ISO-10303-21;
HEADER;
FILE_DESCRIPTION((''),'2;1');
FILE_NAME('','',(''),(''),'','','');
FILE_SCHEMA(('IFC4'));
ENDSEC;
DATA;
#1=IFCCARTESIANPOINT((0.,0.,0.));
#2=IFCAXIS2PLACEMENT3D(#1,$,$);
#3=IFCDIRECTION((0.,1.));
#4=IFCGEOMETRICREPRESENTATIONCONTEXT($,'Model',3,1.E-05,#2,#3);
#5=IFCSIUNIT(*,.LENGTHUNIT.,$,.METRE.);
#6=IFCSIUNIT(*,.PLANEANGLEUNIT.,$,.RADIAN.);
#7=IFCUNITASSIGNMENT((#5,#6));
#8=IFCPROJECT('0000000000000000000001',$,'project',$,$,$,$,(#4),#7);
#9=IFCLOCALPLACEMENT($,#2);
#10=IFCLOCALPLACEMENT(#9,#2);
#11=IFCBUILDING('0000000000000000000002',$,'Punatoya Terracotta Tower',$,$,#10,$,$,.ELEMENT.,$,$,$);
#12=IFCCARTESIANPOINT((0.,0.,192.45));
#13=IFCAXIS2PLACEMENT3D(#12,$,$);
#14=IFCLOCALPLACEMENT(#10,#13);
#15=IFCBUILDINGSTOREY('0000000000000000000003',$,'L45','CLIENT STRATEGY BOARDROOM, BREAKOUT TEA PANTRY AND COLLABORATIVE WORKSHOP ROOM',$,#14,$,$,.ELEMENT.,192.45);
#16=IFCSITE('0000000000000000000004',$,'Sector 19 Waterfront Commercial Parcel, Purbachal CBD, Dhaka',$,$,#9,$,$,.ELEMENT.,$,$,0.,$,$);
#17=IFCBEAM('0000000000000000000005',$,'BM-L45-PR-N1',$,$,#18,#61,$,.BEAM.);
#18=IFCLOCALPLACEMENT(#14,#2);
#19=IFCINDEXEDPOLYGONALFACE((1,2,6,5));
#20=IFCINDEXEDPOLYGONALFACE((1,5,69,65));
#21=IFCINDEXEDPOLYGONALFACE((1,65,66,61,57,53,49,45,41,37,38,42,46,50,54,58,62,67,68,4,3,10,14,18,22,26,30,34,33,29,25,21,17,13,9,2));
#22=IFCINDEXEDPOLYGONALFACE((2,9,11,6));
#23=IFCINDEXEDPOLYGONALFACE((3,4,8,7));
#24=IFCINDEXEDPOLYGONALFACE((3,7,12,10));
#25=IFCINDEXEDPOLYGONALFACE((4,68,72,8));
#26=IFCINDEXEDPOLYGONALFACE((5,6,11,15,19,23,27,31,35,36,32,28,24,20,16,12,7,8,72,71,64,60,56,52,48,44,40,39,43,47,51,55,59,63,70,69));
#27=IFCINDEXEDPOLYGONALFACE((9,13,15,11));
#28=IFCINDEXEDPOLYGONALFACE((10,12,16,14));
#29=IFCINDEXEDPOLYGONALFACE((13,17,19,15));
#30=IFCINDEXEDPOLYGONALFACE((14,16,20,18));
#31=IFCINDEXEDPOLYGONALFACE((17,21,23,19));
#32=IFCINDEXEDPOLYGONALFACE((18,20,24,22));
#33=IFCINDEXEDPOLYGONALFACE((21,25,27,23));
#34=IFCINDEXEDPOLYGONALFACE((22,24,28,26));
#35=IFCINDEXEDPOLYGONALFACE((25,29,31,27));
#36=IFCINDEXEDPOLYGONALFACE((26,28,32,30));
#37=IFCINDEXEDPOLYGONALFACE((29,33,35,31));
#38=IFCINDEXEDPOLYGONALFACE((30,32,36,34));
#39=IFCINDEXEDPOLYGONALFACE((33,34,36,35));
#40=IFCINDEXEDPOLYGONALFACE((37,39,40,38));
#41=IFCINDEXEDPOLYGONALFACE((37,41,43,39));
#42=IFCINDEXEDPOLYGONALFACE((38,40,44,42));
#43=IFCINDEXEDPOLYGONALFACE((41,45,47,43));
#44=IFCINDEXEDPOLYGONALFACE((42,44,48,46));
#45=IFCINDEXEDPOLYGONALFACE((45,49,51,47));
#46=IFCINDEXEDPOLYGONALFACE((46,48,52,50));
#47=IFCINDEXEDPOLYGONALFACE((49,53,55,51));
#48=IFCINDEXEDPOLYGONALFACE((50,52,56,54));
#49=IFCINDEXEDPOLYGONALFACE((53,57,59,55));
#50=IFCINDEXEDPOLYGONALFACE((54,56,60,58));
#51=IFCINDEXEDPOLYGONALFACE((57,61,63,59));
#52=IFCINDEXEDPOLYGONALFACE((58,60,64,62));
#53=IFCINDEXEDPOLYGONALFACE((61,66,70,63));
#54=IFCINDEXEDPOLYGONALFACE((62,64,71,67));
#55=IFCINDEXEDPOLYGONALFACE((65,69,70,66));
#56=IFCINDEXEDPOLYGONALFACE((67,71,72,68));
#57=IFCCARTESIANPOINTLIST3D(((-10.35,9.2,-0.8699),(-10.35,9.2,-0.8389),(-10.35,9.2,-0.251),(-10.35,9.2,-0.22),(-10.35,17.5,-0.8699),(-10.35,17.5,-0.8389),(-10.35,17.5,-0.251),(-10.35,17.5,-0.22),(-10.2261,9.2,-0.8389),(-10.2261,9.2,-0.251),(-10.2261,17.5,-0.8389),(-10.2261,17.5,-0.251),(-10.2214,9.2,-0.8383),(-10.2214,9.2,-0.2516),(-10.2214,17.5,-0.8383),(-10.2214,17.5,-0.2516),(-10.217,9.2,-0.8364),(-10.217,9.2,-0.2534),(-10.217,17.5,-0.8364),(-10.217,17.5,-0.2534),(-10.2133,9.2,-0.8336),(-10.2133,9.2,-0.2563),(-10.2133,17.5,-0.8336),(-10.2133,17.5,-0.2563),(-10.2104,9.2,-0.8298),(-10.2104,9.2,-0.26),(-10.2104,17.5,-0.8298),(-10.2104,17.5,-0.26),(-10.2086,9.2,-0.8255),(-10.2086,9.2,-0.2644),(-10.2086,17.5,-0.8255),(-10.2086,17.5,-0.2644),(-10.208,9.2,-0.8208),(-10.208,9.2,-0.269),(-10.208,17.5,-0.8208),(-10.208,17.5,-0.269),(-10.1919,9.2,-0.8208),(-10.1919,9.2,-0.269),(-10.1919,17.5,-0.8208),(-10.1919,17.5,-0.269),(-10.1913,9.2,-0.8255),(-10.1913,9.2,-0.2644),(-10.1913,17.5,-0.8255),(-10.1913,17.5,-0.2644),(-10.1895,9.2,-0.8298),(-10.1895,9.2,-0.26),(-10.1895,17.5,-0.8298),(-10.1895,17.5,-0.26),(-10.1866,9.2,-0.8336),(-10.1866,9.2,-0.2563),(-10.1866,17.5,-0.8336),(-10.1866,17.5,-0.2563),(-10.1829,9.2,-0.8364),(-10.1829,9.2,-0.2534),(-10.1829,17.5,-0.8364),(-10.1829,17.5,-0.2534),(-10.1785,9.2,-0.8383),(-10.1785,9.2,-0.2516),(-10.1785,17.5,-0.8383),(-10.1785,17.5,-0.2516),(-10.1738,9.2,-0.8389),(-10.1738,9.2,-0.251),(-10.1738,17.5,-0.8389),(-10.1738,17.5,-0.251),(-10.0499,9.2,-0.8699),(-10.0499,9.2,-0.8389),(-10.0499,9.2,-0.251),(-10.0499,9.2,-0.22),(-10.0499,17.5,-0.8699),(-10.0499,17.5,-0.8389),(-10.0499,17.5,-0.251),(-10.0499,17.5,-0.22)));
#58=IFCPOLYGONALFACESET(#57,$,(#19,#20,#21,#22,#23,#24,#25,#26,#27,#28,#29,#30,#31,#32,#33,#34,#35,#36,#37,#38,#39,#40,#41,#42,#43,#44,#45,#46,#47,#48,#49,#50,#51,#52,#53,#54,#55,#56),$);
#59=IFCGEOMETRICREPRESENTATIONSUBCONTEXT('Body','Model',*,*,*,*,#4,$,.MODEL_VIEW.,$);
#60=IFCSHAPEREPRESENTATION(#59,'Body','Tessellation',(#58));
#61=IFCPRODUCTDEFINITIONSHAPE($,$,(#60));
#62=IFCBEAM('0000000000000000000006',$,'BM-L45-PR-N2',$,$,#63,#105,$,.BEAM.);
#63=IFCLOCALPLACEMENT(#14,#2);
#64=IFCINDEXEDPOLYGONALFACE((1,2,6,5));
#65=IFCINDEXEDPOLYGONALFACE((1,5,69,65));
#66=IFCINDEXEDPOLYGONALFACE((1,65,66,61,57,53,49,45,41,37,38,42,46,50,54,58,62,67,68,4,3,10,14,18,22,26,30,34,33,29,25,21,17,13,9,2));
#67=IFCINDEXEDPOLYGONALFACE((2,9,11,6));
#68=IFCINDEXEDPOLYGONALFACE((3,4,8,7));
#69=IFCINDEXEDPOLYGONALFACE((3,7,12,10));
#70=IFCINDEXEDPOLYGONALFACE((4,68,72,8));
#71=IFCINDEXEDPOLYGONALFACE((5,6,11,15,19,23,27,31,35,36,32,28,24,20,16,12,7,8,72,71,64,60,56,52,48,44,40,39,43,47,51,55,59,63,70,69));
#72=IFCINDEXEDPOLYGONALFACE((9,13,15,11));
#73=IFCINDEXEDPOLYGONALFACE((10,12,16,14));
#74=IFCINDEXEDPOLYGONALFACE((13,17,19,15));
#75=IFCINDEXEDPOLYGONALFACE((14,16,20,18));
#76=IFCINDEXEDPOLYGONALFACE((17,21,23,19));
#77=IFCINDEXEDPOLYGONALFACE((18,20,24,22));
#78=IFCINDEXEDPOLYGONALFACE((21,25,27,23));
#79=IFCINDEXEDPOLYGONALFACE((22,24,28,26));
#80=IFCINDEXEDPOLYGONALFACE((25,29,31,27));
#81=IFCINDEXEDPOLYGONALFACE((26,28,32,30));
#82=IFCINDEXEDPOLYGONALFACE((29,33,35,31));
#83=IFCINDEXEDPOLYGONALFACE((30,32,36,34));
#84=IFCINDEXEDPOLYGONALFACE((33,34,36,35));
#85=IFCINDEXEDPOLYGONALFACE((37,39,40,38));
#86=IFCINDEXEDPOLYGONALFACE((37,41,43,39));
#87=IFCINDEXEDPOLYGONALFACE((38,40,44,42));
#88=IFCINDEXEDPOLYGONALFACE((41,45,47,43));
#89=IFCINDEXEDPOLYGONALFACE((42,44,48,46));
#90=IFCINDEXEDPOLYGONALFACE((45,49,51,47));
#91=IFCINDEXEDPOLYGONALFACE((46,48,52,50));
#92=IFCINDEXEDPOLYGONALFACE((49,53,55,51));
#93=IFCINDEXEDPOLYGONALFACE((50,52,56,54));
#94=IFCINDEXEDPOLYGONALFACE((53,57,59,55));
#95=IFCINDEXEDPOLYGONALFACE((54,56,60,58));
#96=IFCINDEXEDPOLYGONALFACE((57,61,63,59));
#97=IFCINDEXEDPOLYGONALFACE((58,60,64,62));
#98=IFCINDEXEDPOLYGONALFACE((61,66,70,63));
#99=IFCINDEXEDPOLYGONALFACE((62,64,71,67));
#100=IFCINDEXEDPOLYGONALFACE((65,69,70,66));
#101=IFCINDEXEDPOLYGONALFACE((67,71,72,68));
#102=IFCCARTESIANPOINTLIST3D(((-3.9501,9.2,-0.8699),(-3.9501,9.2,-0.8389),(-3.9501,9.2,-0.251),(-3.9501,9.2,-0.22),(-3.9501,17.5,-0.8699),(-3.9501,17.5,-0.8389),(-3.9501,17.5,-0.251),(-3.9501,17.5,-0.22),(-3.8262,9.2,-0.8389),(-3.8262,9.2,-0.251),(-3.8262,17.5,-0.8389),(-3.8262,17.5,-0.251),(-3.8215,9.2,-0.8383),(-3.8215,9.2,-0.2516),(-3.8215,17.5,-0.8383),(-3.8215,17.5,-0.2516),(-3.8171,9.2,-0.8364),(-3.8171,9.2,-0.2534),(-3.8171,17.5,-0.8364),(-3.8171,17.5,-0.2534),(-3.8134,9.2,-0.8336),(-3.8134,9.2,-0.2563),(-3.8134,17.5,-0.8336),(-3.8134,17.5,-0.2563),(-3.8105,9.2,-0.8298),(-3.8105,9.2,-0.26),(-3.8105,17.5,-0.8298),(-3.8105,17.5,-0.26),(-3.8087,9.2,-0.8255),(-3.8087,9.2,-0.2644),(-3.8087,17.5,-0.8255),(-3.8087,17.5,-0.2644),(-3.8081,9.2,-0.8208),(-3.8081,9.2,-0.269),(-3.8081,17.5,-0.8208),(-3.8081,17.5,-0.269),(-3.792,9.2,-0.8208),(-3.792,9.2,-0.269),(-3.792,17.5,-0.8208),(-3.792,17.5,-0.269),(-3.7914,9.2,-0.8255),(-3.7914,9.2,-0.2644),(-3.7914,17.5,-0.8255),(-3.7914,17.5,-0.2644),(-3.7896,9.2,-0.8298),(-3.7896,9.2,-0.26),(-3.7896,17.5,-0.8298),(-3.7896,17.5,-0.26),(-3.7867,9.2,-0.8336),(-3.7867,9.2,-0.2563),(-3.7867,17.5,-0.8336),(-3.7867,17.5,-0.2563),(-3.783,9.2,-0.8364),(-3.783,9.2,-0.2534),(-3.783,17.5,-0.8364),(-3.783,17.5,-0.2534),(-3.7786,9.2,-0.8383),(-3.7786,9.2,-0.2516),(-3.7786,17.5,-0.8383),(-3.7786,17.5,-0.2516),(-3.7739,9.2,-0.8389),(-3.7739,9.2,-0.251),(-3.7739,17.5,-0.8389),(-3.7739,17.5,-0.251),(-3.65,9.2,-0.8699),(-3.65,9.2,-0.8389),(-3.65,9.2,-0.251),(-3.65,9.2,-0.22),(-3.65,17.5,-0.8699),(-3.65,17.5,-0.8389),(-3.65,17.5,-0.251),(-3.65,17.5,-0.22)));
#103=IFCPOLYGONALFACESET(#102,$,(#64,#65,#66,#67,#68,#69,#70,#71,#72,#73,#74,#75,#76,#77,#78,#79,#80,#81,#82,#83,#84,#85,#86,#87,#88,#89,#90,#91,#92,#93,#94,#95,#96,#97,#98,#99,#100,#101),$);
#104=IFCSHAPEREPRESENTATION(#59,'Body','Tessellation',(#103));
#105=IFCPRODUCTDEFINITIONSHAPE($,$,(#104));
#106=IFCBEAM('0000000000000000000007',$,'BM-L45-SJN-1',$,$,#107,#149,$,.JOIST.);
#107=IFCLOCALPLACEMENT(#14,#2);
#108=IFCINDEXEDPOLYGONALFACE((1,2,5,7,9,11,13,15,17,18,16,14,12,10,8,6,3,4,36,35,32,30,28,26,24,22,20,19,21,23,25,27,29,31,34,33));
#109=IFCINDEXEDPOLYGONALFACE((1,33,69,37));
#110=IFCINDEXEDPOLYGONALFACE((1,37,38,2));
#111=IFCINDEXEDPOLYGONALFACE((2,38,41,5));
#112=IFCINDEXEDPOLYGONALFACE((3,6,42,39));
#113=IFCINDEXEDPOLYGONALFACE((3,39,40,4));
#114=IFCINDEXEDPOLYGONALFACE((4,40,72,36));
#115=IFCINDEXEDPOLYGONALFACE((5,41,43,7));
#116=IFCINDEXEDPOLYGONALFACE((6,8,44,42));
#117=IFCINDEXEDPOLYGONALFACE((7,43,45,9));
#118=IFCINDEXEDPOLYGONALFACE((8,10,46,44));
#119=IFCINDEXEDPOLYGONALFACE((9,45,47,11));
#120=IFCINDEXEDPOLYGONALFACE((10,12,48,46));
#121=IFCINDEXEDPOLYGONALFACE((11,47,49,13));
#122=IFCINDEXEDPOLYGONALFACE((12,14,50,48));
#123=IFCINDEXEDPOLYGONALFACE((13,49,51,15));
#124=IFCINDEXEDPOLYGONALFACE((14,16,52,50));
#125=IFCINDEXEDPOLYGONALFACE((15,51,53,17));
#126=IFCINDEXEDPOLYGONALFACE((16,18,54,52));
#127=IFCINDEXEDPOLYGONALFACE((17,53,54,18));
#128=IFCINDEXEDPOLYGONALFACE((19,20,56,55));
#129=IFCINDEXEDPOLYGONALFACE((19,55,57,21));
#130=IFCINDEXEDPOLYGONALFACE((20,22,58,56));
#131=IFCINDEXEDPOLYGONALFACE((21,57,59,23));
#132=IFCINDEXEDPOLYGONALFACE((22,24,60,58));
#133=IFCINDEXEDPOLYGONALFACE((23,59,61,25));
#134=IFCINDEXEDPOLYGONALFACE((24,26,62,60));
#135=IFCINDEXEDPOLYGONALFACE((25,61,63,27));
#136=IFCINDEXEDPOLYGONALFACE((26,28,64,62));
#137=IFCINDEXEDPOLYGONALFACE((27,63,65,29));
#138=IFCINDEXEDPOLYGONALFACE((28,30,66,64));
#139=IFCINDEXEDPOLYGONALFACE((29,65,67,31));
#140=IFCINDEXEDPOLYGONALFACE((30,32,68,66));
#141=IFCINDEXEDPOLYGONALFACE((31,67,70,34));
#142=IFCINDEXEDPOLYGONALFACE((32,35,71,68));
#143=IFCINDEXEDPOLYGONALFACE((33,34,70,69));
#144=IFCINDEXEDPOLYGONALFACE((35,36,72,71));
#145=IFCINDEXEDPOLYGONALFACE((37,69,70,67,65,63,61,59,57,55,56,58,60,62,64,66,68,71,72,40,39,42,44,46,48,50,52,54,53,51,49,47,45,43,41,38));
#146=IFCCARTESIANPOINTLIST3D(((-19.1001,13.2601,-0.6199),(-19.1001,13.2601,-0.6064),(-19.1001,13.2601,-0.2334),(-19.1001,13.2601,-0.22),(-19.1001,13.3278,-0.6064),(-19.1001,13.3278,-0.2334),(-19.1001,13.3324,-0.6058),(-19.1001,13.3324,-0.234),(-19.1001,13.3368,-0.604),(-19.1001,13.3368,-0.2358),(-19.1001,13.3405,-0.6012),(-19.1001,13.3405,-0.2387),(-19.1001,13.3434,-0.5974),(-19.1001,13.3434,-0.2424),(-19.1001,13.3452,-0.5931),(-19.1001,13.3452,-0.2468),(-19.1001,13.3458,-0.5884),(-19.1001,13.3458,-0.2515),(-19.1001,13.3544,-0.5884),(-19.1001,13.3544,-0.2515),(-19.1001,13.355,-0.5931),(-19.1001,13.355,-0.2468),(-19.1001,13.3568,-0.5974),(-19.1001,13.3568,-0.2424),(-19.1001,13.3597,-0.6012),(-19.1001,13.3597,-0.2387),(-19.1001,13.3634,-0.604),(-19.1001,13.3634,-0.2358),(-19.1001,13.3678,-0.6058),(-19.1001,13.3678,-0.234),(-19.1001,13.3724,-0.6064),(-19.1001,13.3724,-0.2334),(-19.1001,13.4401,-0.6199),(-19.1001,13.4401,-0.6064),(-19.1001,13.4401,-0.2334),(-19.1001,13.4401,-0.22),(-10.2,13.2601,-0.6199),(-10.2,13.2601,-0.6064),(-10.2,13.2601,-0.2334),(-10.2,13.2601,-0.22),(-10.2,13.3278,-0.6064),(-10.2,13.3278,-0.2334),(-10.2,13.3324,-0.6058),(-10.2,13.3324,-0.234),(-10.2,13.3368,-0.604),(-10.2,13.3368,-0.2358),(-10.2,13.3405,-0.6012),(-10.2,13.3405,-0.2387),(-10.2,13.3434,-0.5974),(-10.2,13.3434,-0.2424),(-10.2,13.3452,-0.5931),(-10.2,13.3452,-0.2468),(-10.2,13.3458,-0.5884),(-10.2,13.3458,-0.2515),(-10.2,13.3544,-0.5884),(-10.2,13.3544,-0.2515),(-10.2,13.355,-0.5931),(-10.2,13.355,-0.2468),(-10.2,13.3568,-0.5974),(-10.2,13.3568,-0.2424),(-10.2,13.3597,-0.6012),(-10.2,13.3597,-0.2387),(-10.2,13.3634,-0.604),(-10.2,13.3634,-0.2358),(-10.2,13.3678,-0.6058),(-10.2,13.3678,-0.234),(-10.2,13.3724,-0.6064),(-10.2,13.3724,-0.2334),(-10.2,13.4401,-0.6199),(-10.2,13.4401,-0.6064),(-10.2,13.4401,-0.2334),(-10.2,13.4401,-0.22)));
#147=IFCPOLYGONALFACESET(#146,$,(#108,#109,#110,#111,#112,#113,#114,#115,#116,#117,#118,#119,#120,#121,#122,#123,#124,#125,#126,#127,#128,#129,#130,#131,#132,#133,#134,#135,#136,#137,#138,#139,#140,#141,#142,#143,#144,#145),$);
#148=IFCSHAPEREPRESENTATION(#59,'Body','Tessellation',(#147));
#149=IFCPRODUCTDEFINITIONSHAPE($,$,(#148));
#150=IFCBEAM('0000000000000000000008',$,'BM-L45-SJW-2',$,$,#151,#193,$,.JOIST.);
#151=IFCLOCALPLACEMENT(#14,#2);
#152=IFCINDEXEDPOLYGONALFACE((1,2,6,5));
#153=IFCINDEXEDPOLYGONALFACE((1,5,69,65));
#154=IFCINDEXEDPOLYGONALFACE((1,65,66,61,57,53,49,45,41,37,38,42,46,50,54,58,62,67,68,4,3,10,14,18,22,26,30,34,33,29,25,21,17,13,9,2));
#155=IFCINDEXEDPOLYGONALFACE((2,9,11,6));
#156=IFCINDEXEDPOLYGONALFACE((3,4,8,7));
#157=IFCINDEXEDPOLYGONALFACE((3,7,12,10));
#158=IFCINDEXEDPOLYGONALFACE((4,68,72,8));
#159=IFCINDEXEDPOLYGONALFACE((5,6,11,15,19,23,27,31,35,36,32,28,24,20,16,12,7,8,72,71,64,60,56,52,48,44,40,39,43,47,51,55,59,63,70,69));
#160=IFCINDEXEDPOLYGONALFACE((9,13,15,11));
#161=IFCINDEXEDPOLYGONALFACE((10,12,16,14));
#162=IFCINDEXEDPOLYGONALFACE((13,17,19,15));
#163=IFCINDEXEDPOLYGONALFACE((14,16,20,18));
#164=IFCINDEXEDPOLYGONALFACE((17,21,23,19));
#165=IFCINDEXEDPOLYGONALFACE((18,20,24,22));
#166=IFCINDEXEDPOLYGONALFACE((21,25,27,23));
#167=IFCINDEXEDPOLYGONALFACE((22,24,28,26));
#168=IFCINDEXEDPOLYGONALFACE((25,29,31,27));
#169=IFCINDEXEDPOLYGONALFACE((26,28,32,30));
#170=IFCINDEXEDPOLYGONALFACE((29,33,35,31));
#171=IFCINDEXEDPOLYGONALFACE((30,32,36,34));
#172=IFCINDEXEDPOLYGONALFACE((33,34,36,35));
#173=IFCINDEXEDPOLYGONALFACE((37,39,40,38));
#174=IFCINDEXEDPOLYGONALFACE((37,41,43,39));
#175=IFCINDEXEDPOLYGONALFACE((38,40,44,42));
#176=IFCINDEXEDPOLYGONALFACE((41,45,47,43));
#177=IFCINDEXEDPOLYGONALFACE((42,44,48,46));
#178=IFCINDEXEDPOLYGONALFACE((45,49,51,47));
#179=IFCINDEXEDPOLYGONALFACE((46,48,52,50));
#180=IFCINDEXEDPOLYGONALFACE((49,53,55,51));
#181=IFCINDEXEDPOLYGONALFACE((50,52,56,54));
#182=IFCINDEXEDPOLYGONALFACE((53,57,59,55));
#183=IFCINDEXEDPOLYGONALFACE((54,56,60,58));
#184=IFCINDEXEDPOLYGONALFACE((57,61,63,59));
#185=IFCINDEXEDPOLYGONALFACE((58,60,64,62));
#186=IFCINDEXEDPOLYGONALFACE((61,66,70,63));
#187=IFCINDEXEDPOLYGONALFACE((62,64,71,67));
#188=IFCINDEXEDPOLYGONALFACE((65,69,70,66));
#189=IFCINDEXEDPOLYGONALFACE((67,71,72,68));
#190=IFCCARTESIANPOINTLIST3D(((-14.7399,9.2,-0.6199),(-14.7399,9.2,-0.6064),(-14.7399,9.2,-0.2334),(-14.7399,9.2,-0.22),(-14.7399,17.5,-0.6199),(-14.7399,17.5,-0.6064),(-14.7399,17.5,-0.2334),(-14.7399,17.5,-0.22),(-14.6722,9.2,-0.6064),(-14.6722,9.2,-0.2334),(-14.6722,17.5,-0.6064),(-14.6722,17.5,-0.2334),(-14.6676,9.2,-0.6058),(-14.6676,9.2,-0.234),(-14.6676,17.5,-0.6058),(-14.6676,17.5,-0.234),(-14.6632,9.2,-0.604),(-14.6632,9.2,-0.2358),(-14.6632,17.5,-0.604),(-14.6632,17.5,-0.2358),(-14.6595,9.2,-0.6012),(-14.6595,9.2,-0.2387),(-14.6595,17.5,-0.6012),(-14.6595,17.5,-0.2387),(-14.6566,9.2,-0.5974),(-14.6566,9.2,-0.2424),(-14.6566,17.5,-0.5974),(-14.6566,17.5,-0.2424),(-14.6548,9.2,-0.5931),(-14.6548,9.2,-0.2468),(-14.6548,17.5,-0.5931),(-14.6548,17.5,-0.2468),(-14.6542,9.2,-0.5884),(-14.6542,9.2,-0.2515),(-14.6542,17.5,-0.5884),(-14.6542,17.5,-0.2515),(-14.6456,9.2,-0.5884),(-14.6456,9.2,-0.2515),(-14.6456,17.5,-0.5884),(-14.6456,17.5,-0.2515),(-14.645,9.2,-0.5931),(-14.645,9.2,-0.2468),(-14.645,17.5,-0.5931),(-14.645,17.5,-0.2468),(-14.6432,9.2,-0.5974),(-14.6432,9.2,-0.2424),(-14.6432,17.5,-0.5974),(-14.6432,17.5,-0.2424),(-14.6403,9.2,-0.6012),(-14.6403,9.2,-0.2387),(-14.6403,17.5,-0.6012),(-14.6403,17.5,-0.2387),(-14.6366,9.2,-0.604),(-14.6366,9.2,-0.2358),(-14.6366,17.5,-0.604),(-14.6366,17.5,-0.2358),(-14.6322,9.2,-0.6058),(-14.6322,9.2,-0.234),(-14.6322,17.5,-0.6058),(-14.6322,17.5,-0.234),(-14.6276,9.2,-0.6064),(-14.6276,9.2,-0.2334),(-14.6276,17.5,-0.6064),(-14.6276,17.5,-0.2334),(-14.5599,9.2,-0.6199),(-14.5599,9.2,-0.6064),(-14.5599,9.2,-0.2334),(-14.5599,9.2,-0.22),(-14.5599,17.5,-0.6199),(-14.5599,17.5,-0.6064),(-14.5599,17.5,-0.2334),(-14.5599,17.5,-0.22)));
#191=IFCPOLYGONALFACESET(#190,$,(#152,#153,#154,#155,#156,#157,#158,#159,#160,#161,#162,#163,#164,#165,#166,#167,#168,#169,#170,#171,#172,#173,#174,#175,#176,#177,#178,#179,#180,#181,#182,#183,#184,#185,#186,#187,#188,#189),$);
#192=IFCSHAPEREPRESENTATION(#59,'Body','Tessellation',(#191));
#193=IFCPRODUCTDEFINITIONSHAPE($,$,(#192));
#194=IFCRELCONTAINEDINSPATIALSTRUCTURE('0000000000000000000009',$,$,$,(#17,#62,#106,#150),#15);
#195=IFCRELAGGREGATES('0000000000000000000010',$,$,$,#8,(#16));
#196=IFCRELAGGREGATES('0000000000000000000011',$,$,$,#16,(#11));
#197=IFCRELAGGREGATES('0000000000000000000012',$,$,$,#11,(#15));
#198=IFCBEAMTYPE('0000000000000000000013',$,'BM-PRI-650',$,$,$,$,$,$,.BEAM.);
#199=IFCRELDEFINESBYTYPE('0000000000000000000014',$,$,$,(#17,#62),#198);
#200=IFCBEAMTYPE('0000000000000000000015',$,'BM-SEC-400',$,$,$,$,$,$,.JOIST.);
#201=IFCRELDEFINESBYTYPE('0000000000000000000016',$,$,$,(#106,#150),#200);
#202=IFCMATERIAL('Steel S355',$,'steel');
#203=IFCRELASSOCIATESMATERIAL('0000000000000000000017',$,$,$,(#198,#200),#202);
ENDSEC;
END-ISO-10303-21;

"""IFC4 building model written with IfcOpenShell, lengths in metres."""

from ifc_helpers import new_model, si_unit, direction, frame, origin, origin_2d, place, context, subcontext, project, spatial, i_section, extrude, material, material_profile, profile_set, type_object, element, save


model = new_model("IFC4")

# Units and contexts
model_context = context("Model", 3, precision=1e-05, world=origin(), true_north=direction((0.0, 1.0)))
body_context = subcontext(model_context, "Body", "Model", "MODEL_VIEW")
ifc_project = project(units=[si_unit("LENGTHUNIT", "METRE"), si_unit("PLANEANGLEUNIT", "RADIAN")], contexts=[model_context])

# Site, building, storey
site_placement = place(None, origin())
site = spatial("IfcSite", under=ifc_project, at=site_placement, Name="Sector 19 Waterfront Commercial Parcel, Purbachal CBD, Dhaka", CompositionType="ELEMENT", RefElevation=0.0)
building_placement = place(site_placement, origin())
building = spatial("IfcBuilding", under=site, at=building_placement, Name="Punatoya Terracotta Tower", CompositionType="ELEMENT")
storey_placement = place(building_placement, frame((0.0, 0.0, 192.45)))
storey = spatial("IfcBuildingStorey", under=building, at=storey_placement, Name="L45", Description="CLIENT STRATEGY BOARDROOM, BREAKOUT TEA PANTRY AND COLLABORATIVE WORKSHOP ROOM", CompositionType="ELEMENT", Elevation=192.45)

# Beams
ifc_material_1 = material(Name="Steel S355", Category="steel")
ifc_material_profile_1 = material_profile(ifc_material_1, i_section(OverallWidth=0.3, OverallDepth=0.6499, WebThickness=0.0161, FlangeThickness=0.031, FilletRadius=0.0181, at=origin_2d()))
ifc_profile_set_1 = profile_set([ifc_material_profile_1], Name="Steel S355")
beam_type_1 = type_object("IfcBeamType", Name="BM-PRI-650", PredefinedType="BEAM", material=ifc_profile_set_1)
for number, where, z_axis, x_axis, name in (
    (1, (-10.2, 9.2, -0.5449), (0.0, 1.0, 0.0), (-1.0, 0.0, 0.0), "BM-L45-PR-N1"),
    (2, (-3.8, 9.2, -0.5449), (0.0, 1.0, 0.0), (-1.0, 0.0, 0.0), "BM-L45-PR-N2"),
):
    element("IfcBeam", number, at=place(storey_placement, frame(where, z_axis=z_axis, x_axis=x_axis)), inside=storey, type_object=beam_type_1, Name=name, PredefinedType="BEAM", context=body_context, shape_type="SweptSolid", body=[
        extrude(i_section(OverallWidth=0.3, OverallDepth=0.6499, WebThickness=0.0161, FlangeThickness=0.031, FilletRadius=0.0181, at=origin_2d()), origin(), (0.0, 0.0, 1.0), 8.3),
    ])
ifc_material_profile_2 = material_profile(ifc_material_1, i_section(OverallWidth=0.1799, OverallDepth=0.3999, WebThickness=0.0085, FlangeThickness=0.0134, FilletRadius=0.0181, at=origin_2d()))
ifc_profile_set_2 = profile_set([ifc_material_profile_2], Name="Steel S355")
beam_type_2 = type_object("IfcBeamType", Name="BM-SEC-400", PredefinedType="JOIST", material=ifc_profile_set_2)
beam_1_placement = place(storey_placement, frame((-19.1001, 13.3501, -0.4199), z_axis=(1.0, 0.0, 0.0), x_axis=(0.0, 1.0, 0.0)))
element("IfcBeam", 3, at=beam_1_placement, inside=storey, type_object=beam_type_2, Name="BM-L45-SJN-1", PredefinedType="JOIST", context=body_context, shape_type="SweptSolid", body=[
    extrude(i_section(OverallWidth=0.1799, OverallDepth=0.3999, WebThickness=0.0085, FlangeThickness=0.0134, FilletRadius=0.0181, at=origin_2d()), origin(), (0.0, 0.0, 1.0), 8.9001),
])
beam_2_placement = place(storey_placement, frame((-14.6499, 9.2, -0.4199), z_axis=(0.0, 1.0, 0.0), x_axis=(-1.0, 0.0, 0.0)))
element("IfcBeam", 4, at=beam_2_placement, inside=storey, type_object=beam_type_2, Name="BM-L45-SJW-2", PredefinedType="JOIST", context=body_context, shape_type="SweptSolid", body=[
    extrude(i_section(OverallWidth=0.1799, OverallDepth=0.3999, WebThickness=0.0085, FlangeThickness=0.0134, FilletRadius=0.0181, at=origin_2d()), origin(), (0.0, 0.0, 1.0), 8.3),
])

save(model, "model.ifc")
